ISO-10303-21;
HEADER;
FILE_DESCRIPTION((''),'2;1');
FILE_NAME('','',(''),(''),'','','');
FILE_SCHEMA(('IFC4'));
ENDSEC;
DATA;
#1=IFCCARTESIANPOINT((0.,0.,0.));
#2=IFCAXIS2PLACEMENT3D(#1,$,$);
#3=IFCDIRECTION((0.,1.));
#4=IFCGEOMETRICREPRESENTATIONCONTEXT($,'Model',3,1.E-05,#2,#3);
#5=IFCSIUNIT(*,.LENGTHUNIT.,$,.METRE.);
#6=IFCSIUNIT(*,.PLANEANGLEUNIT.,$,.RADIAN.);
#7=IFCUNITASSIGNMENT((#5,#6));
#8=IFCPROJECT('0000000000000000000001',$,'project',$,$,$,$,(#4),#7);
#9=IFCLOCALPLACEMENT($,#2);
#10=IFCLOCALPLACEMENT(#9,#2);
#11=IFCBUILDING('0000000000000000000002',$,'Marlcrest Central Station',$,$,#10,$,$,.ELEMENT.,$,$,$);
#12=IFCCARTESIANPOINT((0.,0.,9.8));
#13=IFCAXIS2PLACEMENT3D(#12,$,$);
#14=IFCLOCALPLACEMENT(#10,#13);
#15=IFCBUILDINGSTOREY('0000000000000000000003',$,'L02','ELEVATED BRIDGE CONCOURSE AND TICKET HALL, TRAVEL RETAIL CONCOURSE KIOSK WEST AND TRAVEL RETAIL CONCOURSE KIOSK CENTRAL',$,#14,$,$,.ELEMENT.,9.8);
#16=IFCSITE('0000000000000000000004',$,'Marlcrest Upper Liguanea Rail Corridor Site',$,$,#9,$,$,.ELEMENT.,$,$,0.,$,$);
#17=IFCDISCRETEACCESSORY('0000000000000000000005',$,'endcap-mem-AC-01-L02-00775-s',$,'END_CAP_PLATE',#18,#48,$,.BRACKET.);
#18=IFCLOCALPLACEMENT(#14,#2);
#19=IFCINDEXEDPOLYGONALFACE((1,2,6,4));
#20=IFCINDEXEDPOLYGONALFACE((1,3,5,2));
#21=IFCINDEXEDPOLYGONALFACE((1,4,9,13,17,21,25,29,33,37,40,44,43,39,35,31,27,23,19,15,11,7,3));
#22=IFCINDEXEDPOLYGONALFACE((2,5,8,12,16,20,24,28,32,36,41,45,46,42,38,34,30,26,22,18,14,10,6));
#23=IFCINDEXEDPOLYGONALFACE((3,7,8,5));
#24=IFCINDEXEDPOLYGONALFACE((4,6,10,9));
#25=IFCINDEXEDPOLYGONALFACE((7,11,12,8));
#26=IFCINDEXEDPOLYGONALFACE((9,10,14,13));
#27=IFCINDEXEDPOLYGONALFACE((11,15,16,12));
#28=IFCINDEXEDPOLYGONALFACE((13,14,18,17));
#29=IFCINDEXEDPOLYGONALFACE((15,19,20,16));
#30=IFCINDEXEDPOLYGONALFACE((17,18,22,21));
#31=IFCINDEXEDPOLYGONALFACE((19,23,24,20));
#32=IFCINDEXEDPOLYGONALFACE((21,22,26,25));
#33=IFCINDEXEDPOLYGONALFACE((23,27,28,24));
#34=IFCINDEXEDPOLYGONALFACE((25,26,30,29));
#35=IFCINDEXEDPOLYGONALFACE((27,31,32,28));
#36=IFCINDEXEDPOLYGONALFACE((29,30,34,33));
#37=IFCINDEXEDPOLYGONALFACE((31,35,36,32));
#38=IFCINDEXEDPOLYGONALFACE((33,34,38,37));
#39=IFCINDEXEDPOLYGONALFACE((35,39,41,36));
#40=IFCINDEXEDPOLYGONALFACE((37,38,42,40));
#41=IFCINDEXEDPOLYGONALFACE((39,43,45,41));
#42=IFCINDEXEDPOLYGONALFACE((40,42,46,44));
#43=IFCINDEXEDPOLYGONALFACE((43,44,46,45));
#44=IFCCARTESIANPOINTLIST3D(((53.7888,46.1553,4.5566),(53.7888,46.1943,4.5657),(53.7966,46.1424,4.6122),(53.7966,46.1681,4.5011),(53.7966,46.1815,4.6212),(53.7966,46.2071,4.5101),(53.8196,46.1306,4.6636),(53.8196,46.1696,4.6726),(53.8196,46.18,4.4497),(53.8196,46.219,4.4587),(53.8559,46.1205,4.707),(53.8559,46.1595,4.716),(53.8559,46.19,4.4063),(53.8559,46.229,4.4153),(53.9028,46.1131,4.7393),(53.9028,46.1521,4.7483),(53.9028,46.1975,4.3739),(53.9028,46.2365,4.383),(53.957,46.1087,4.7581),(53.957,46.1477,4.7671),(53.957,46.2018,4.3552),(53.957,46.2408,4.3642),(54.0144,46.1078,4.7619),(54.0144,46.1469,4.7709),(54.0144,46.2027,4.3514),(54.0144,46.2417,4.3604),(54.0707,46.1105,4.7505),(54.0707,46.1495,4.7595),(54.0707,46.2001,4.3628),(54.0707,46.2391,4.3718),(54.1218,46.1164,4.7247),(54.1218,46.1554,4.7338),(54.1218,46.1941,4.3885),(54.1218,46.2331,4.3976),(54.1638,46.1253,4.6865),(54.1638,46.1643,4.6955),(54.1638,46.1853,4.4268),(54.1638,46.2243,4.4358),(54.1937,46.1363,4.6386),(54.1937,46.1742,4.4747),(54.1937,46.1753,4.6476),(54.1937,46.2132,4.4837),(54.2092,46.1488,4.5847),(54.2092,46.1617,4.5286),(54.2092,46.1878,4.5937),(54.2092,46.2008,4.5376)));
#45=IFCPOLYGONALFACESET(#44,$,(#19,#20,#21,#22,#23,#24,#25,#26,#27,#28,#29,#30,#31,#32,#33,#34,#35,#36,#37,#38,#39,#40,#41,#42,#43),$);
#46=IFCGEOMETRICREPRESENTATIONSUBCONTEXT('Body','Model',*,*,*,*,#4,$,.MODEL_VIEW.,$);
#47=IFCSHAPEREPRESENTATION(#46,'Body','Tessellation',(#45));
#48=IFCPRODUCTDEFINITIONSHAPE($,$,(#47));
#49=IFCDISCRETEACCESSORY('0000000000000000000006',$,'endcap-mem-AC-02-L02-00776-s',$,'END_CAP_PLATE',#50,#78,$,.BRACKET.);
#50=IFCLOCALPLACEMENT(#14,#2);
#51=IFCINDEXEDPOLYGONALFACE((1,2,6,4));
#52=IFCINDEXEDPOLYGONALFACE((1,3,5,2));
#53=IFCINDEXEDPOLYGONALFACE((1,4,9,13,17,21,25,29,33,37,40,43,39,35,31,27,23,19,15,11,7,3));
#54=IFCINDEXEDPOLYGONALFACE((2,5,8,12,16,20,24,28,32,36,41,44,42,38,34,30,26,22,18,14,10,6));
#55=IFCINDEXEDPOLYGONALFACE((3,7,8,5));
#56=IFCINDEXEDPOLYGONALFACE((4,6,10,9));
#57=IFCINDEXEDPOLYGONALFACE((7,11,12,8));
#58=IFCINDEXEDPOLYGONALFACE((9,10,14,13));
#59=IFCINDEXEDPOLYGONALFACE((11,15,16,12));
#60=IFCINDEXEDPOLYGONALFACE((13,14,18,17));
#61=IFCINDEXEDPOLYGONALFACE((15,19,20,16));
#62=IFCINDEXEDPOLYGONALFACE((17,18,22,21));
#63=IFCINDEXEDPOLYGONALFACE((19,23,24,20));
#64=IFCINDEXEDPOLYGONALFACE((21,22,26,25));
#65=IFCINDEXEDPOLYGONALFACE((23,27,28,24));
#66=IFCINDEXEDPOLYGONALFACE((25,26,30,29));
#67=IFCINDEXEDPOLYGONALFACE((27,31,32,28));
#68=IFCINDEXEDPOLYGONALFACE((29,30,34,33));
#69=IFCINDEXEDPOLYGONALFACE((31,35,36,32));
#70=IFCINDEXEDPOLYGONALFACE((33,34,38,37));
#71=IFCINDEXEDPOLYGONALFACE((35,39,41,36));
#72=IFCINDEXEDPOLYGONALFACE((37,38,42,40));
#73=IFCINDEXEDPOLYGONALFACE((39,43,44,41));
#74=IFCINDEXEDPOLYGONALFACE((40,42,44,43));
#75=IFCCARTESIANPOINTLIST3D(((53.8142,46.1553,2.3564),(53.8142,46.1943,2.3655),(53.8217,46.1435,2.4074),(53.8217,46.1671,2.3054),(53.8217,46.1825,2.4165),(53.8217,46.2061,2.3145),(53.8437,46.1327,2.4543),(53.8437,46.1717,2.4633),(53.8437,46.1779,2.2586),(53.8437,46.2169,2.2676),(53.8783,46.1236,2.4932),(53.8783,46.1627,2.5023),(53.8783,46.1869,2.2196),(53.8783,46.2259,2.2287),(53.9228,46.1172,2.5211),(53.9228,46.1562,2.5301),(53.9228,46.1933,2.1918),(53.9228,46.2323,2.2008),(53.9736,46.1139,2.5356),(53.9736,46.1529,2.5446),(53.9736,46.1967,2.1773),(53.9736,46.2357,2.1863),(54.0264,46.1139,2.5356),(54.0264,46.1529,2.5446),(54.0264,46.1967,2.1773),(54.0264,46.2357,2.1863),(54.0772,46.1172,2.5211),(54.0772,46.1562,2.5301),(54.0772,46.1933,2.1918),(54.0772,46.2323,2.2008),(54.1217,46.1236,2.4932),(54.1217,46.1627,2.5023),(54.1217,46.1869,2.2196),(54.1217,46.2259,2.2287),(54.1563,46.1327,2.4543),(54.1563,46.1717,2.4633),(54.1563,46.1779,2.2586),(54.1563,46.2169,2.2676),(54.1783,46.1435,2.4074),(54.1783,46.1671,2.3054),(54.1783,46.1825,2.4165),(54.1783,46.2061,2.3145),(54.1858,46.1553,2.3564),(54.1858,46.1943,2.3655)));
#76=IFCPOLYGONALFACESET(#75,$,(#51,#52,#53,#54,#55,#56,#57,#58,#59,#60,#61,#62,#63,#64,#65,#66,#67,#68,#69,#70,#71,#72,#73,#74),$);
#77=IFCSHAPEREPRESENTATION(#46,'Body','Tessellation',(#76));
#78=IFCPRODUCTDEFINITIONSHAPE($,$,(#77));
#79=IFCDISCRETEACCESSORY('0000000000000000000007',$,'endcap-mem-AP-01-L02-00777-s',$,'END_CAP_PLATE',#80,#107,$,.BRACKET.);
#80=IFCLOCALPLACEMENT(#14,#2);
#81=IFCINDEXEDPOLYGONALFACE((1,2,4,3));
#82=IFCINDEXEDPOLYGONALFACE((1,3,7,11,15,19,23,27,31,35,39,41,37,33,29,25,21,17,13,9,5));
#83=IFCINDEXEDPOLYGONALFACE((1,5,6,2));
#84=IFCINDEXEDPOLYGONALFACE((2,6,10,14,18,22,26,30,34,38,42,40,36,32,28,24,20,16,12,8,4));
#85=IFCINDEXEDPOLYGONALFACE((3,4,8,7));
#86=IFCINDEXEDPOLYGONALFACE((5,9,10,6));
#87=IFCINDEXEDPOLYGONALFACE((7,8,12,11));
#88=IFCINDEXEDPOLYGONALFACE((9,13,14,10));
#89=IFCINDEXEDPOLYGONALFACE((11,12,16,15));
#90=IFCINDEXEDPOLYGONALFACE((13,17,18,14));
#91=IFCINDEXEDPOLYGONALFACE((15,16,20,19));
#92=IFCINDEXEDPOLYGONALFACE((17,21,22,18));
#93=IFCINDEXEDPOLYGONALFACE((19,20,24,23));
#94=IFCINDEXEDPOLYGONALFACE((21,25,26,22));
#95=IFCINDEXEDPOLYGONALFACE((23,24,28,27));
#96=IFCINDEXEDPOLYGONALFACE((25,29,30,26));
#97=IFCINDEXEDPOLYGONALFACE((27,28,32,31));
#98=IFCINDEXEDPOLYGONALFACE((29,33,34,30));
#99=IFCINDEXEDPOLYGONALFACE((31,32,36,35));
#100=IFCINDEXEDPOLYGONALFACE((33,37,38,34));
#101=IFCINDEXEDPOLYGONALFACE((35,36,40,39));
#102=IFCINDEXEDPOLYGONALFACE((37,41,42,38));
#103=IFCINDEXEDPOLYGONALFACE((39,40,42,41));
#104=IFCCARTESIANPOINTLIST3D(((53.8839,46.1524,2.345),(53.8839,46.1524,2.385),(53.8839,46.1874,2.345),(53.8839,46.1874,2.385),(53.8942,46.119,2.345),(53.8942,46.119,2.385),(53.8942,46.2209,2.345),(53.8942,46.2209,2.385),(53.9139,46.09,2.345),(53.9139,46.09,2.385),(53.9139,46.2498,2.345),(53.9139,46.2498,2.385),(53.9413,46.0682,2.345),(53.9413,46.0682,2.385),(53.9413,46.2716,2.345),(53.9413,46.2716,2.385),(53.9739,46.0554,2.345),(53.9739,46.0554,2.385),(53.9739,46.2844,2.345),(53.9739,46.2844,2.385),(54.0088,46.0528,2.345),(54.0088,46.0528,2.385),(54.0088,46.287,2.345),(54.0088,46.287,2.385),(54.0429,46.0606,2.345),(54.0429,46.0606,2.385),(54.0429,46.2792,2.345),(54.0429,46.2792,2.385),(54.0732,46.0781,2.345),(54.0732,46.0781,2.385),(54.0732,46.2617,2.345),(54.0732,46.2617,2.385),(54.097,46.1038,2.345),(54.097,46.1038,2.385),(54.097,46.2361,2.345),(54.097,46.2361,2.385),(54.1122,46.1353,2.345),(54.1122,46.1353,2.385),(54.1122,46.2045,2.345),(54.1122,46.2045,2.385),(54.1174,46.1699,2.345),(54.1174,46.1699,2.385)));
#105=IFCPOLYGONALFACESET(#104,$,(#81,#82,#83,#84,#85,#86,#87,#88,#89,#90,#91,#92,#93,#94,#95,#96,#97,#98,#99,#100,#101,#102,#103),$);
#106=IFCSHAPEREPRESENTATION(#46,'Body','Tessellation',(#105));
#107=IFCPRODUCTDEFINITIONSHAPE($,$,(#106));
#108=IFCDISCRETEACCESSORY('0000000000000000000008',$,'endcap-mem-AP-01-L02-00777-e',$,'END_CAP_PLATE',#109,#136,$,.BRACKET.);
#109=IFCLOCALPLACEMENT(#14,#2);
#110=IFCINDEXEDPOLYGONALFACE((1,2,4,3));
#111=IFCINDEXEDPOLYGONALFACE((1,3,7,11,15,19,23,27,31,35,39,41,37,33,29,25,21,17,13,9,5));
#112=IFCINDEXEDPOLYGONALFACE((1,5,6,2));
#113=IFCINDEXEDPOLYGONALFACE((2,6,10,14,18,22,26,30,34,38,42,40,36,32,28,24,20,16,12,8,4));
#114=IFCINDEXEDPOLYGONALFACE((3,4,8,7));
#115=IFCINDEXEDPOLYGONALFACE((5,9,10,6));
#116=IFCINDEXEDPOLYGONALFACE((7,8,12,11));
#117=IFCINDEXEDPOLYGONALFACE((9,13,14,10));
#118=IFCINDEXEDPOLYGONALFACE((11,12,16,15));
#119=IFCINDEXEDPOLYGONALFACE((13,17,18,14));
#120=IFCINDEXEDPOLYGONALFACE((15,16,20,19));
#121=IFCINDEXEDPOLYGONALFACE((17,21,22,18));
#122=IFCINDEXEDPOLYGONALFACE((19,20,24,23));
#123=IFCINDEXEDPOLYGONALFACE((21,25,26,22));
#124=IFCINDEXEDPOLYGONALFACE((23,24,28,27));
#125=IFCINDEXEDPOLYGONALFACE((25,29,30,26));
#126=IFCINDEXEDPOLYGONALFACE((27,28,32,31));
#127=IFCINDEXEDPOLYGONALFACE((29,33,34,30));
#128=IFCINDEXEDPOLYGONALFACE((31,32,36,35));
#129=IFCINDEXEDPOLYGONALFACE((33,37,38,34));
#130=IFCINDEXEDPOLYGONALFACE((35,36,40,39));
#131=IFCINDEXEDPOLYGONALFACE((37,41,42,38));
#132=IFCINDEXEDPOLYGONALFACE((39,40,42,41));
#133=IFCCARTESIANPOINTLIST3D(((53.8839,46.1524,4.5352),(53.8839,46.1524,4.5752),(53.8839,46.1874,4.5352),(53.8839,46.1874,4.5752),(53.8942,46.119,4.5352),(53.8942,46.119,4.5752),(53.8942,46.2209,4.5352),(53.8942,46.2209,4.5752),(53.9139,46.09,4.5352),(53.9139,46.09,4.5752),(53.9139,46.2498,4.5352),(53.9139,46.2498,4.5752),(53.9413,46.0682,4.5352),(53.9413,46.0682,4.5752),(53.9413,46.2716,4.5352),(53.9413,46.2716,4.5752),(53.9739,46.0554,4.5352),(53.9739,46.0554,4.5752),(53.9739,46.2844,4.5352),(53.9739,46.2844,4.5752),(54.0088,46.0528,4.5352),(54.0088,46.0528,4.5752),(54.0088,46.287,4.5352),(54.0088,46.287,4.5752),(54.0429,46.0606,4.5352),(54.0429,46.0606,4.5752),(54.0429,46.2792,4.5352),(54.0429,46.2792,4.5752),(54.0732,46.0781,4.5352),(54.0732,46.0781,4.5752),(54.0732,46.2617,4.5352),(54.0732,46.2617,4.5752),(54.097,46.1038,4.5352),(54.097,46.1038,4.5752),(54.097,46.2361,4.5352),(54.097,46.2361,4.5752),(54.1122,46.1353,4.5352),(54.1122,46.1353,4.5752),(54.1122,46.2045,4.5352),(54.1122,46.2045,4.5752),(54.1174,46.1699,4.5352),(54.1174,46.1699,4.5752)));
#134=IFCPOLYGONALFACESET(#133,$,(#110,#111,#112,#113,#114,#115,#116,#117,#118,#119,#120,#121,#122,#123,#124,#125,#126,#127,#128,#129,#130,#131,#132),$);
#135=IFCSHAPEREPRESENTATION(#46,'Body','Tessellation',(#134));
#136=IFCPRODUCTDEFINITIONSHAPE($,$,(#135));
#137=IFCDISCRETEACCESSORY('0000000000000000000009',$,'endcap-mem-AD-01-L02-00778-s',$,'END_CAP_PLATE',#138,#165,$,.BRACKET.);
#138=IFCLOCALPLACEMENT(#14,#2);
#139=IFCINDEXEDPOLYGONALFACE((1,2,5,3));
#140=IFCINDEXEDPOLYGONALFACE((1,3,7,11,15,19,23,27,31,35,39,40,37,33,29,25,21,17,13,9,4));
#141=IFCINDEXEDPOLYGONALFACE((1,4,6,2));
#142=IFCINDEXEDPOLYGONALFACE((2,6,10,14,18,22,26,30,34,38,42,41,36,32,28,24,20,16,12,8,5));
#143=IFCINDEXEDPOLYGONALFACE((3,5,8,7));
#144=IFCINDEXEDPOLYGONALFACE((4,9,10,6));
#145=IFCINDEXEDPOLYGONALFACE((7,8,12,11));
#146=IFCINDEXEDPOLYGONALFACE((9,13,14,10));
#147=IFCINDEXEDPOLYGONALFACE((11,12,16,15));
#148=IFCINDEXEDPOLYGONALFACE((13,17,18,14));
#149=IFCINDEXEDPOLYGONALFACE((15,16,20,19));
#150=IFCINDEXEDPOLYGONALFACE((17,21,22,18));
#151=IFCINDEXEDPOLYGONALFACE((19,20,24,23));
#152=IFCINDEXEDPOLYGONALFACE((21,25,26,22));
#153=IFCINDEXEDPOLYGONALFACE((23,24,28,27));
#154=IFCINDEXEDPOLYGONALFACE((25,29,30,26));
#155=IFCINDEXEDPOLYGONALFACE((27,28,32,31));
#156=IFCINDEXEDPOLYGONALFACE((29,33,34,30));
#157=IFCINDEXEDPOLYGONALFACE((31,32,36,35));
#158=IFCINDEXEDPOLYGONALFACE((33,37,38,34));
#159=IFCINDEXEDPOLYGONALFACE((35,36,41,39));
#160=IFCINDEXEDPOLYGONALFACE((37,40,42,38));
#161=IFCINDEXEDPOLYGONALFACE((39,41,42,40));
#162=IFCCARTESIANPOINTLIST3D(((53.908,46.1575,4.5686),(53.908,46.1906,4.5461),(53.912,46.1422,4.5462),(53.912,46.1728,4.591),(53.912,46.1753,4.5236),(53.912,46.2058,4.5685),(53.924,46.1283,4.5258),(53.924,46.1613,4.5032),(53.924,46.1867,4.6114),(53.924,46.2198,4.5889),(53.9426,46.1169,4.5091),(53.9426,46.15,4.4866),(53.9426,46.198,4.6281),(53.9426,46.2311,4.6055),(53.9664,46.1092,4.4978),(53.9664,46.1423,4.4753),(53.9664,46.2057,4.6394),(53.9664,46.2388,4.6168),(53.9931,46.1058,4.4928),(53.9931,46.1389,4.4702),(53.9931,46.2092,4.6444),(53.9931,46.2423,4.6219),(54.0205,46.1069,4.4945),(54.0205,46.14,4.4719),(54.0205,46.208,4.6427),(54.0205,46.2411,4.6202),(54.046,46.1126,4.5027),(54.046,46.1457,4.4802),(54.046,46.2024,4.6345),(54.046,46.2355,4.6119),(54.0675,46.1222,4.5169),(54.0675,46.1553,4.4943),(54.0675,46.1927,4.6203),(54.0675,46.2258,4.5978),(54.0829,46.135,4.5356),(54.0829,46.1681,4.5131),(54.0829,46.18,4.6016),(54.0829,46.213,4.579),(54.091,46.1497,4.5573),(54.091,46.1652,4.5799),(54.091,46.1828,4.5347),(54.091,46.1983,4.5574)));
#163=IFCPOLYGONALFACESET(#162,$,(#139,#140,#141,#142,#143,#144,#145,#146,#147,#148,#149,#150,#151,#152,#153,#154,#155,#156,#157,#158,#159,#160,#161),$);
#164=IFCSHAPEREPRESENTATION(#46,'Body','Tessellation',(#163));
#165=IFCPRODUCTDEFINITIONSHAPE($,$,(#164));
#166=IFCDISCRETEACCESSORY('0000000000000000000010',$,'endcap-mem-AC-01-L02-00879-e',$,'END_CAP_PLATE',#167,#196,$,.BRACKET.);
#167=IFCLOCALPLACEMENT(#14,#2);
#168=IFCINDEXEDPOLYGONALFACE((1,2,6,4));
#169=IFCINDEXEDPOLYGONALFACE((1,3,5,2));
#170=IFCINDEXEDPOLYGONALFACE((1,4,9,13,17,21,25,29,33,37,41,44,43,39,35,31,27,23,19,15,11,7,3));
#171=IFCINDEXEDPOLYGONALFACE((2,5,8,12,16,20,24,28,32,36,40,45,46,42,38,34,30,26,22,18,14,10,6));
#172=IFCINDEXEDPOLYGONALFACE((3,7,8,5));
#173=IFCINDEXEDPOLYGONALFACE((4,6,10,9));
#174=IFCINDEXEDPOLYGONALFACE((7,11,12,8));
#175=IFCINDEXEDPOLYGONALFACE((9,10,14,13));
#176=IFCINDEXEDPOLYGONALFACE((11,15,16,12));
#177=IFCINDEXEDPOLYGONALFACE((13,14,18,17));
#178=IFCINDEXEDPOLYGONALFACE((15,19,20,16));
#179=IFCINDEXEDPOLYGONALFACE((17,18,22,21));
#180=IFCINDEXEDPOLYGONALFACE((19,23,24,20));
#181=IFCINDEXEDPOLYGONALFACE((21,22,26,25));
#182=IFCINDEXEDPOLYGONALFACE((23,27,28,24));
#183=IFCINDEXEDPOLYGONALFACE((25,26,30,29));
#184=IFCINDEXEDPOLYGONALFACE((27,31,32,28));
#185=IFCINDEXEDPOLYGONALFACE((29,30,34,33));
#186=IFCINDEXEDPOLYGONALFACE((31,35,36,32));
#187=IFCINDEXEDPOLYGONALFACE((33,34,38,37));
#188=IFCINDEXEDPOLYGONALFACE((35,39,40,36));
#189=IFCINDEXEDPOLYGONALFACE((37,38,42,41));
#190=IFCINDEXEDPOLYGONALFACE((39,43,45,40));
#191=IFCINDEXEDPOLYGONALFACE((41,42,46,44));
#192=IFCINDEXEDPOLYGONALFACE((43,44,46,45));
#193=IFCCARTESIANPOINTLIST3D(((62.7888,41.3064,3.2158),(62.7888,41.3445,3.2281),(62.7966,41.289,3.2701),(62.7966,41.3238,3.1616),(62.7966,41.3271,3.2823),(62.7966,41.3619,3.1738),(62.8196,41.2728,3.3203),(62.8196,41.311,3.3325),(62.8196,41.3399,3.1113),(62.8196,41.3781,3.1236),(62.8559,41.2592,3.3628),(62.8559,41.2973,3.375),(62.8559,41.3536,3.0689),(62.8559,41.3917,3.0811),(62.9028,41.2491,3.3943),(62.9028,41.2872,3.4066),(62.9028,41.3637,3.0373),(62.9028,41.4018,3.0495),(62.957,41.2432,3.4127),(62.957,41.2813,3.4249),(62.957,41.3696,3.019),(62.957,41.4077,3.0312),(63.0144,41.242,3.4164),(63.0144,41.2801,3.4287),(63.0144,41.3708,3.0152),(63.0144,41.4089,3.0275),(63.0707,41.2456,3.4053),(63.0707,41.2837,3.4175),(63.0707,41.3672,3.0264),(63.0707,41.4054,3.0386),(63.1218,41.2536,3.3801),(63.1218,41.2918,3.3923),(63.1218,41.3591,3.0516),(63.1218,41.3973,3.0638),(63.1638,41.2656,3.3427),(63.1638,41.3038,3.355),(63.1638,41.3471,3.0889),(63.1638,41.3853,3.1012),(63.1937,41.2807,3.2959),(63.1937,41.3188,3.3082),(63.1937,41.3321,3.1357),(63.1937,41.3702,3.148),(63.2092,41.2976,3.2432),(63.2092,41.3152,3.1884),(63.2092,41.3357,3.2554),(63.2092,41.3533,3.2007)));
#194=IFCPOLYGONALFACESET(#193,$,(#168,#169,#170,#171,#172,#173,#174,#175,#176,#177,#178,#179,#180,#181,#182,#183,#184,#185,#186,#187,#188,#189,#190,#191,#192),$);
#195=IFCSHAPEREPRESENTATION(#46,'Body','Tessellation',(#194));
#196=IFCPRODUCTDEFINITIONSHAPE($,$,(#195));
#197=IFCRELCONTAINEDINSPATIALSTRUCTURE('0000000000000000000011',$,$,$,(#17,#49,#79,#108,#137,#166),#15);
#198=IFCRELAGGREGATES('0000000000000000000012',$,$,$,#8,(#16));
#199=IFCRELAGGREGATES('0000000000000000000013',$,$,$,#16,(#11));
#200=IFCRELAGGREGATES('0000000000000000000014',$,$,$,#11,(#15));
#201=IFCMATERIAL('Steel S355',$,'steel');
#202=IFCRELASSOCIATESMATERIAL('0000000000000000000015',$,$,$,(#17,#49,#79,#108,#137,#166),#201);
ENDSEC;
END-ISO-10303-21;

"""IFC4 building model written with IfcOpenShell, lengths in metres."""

from ifc_helpers import new_model, si_unit, direction, frame, origin, origin_2d, place, context, subcontext, project, spatial, circle, extrude, material, element, save


model = new_model("IFC4")

# Units and contexts
model_context = context("Model", 3, precision=1e-05, world=origin(), true_north=direction((0.0, 1.0)))
body_context = subcontext(model_context, "Body", "Model", "MODEL_VIEW")
ifc_project = project(units=[si_unit("LENGTHUNIT", "METRE"), si_unit("PLANEANGLEUNIT", "RADIAN")], contexts=[model_context])

# Site, building, storey
site_placement = place(None, origin())
site = spatial("IfcSite", under=ifc_project, at=site_placement, Name="Marlcrest Upper Liguanea Rail Corridor Site", CompositionType="ELEMENT", RefElevation=0.0)
building_placement = place(site_placement, origin())
building = spatial("IfcBuilding", under=site, at=building_placement, Name="Marlcrest Central Station", CompositionType="ELEMENT")
storey_placement = place(building_placement, frame((0.0, 0.0, 9.8)))
storey = spatial("IfcBuildingStorey", under=building, at=storey_placement, Name="L02", Description="ELEVATED BRIDGE CONCOURSE AND TICKET HALL, TRAVEL RETAIL CONCOURSE KIOSK WEST AND TRAVEL RETAIL CONCOURSE KIOSK CENTRAL", CompositionType="ELEMENT", Elevation=9.8)

# Shared definitions
ifc_material_1 = material(Name="Steel S355", Category="steel")

# Discrete accessories
discrete_accessory_1_placement = place(storey_placement, frame((54.0, 46.1553, 4.5566), z_axis=(0.0, 0.97433, 0.225126), x_axis=(-1.0, 0.0, 0.0)))
element("IfcDiscreteAccessory", 1, at=discrete_accessory_1_placement, inside=storey, material=ifc_material_1, Name="endcap-mem-AC-01-L02-00775-s", ObjectType="END_CAP_PLATE", PredefinedType="BRACKET", context=body_context, shape_type="SweptSolid", body=[
    extrude(circle(Radius=0.2112, at=origin_2d()), origin(), (0.0, 0.0, 1.0), 0.04),
])
discrete_accessory_2_placement = place(storey_placement, frame((54.0, 46.1553, 2.3564), z_axis=(0.0, 0.974308, 0.22522), x_axis=(-1.0, 0.0, 0.0)))
element("IfcDiscreteAccessory", 2, at=discrete_accessory_2_placement, inside=storey, material=ifc_material_1, Name="endcap-mem-AC-02-L02-00776-s", ObjectType="END_CAP_PLATE", PredefinedType="BRACKET", context=body_context, shape_type="SweptSolid", body=[
    extrude(circle(Radius=0.1858, at=origin_2d()), origin(), (0.0, 0.0, 1.0), 0.04),
])
for number, where, z_axis, x_axis, name in (
    (3, (54.0, 46.1699, 2.345), (0.0, 0.0, 1.0), (1.0, 0.0, 0.0), "endcap-mem-AP-01-L02-00777-s"),
    (4, (54.0, 46.1699, 4.5352), (0.0, 0.0, 1.0), (1.0, 0.0, 0.0), "endcap-mem-AP-01-L02-00777-e"),
):
    element("IfcDiscreteAccessory", number, at=place(storey_placement, frame(where, z_axis=z_axis, x_axis=x_axis)), inside=storey, material=ifc_material_1, Name=name, ObjectType="END_CAP_PLATE", PredefinedType="BRACKET", context=body_context, shape_type="SweptSolid", body=[
        extrude(circle(Radius=0.1174, at=origin_2d()), origin(), (0.0, 0.0, 1.0), 0.04),
    ])
discrete_accessory_3_placement = place(storey_placement, frame((54.0, 46.1575, 4.5686), z_axis=(0.0, 0.826263, -0.563285), x_axis=(-1.0, 0.0, 0.0)))
element("IfcDiscreteAccessory", 5, at=discrete_accessory_3_placement, inside=storey, material=ifc_material_1, Name="endcap-mem-AD-01-L02-00778-s", ObjectType="END_CAP_PLATE", PredefinedType="BRACKET", context=body_context, shape_type="SweptSolid", body=[
    extrude(circle(Radius=0.092, at=origin_2d()), origin(), (0.0, 0.0, 1.0), 0.04),
])
discrete_accessory_4_placement = place(storey_placement, frame((63.0, 41.3064, 3.2158), z_axis=(0.0, 0.952117, 0.305734), x_axis=(-1.0, 0.0, 0.0)))
element("IfcDiscreteAccessory", 6, at=discrete_accessory_4_placement, inside=storey, material=ifc_material_1, Name="endcap-mem-AC-01-L02-00879-e", ObjectType="END_CAP_PLATE", PredefinedType="BRACKET", context=body_context, shape_type="SweptSolid", body=[
    extrude(circle(Radius=0.2112, at=origin_2d()), origin(), (0.0, 0.0, 1.0), 0.04),
])

save(model, "model.ifc")
